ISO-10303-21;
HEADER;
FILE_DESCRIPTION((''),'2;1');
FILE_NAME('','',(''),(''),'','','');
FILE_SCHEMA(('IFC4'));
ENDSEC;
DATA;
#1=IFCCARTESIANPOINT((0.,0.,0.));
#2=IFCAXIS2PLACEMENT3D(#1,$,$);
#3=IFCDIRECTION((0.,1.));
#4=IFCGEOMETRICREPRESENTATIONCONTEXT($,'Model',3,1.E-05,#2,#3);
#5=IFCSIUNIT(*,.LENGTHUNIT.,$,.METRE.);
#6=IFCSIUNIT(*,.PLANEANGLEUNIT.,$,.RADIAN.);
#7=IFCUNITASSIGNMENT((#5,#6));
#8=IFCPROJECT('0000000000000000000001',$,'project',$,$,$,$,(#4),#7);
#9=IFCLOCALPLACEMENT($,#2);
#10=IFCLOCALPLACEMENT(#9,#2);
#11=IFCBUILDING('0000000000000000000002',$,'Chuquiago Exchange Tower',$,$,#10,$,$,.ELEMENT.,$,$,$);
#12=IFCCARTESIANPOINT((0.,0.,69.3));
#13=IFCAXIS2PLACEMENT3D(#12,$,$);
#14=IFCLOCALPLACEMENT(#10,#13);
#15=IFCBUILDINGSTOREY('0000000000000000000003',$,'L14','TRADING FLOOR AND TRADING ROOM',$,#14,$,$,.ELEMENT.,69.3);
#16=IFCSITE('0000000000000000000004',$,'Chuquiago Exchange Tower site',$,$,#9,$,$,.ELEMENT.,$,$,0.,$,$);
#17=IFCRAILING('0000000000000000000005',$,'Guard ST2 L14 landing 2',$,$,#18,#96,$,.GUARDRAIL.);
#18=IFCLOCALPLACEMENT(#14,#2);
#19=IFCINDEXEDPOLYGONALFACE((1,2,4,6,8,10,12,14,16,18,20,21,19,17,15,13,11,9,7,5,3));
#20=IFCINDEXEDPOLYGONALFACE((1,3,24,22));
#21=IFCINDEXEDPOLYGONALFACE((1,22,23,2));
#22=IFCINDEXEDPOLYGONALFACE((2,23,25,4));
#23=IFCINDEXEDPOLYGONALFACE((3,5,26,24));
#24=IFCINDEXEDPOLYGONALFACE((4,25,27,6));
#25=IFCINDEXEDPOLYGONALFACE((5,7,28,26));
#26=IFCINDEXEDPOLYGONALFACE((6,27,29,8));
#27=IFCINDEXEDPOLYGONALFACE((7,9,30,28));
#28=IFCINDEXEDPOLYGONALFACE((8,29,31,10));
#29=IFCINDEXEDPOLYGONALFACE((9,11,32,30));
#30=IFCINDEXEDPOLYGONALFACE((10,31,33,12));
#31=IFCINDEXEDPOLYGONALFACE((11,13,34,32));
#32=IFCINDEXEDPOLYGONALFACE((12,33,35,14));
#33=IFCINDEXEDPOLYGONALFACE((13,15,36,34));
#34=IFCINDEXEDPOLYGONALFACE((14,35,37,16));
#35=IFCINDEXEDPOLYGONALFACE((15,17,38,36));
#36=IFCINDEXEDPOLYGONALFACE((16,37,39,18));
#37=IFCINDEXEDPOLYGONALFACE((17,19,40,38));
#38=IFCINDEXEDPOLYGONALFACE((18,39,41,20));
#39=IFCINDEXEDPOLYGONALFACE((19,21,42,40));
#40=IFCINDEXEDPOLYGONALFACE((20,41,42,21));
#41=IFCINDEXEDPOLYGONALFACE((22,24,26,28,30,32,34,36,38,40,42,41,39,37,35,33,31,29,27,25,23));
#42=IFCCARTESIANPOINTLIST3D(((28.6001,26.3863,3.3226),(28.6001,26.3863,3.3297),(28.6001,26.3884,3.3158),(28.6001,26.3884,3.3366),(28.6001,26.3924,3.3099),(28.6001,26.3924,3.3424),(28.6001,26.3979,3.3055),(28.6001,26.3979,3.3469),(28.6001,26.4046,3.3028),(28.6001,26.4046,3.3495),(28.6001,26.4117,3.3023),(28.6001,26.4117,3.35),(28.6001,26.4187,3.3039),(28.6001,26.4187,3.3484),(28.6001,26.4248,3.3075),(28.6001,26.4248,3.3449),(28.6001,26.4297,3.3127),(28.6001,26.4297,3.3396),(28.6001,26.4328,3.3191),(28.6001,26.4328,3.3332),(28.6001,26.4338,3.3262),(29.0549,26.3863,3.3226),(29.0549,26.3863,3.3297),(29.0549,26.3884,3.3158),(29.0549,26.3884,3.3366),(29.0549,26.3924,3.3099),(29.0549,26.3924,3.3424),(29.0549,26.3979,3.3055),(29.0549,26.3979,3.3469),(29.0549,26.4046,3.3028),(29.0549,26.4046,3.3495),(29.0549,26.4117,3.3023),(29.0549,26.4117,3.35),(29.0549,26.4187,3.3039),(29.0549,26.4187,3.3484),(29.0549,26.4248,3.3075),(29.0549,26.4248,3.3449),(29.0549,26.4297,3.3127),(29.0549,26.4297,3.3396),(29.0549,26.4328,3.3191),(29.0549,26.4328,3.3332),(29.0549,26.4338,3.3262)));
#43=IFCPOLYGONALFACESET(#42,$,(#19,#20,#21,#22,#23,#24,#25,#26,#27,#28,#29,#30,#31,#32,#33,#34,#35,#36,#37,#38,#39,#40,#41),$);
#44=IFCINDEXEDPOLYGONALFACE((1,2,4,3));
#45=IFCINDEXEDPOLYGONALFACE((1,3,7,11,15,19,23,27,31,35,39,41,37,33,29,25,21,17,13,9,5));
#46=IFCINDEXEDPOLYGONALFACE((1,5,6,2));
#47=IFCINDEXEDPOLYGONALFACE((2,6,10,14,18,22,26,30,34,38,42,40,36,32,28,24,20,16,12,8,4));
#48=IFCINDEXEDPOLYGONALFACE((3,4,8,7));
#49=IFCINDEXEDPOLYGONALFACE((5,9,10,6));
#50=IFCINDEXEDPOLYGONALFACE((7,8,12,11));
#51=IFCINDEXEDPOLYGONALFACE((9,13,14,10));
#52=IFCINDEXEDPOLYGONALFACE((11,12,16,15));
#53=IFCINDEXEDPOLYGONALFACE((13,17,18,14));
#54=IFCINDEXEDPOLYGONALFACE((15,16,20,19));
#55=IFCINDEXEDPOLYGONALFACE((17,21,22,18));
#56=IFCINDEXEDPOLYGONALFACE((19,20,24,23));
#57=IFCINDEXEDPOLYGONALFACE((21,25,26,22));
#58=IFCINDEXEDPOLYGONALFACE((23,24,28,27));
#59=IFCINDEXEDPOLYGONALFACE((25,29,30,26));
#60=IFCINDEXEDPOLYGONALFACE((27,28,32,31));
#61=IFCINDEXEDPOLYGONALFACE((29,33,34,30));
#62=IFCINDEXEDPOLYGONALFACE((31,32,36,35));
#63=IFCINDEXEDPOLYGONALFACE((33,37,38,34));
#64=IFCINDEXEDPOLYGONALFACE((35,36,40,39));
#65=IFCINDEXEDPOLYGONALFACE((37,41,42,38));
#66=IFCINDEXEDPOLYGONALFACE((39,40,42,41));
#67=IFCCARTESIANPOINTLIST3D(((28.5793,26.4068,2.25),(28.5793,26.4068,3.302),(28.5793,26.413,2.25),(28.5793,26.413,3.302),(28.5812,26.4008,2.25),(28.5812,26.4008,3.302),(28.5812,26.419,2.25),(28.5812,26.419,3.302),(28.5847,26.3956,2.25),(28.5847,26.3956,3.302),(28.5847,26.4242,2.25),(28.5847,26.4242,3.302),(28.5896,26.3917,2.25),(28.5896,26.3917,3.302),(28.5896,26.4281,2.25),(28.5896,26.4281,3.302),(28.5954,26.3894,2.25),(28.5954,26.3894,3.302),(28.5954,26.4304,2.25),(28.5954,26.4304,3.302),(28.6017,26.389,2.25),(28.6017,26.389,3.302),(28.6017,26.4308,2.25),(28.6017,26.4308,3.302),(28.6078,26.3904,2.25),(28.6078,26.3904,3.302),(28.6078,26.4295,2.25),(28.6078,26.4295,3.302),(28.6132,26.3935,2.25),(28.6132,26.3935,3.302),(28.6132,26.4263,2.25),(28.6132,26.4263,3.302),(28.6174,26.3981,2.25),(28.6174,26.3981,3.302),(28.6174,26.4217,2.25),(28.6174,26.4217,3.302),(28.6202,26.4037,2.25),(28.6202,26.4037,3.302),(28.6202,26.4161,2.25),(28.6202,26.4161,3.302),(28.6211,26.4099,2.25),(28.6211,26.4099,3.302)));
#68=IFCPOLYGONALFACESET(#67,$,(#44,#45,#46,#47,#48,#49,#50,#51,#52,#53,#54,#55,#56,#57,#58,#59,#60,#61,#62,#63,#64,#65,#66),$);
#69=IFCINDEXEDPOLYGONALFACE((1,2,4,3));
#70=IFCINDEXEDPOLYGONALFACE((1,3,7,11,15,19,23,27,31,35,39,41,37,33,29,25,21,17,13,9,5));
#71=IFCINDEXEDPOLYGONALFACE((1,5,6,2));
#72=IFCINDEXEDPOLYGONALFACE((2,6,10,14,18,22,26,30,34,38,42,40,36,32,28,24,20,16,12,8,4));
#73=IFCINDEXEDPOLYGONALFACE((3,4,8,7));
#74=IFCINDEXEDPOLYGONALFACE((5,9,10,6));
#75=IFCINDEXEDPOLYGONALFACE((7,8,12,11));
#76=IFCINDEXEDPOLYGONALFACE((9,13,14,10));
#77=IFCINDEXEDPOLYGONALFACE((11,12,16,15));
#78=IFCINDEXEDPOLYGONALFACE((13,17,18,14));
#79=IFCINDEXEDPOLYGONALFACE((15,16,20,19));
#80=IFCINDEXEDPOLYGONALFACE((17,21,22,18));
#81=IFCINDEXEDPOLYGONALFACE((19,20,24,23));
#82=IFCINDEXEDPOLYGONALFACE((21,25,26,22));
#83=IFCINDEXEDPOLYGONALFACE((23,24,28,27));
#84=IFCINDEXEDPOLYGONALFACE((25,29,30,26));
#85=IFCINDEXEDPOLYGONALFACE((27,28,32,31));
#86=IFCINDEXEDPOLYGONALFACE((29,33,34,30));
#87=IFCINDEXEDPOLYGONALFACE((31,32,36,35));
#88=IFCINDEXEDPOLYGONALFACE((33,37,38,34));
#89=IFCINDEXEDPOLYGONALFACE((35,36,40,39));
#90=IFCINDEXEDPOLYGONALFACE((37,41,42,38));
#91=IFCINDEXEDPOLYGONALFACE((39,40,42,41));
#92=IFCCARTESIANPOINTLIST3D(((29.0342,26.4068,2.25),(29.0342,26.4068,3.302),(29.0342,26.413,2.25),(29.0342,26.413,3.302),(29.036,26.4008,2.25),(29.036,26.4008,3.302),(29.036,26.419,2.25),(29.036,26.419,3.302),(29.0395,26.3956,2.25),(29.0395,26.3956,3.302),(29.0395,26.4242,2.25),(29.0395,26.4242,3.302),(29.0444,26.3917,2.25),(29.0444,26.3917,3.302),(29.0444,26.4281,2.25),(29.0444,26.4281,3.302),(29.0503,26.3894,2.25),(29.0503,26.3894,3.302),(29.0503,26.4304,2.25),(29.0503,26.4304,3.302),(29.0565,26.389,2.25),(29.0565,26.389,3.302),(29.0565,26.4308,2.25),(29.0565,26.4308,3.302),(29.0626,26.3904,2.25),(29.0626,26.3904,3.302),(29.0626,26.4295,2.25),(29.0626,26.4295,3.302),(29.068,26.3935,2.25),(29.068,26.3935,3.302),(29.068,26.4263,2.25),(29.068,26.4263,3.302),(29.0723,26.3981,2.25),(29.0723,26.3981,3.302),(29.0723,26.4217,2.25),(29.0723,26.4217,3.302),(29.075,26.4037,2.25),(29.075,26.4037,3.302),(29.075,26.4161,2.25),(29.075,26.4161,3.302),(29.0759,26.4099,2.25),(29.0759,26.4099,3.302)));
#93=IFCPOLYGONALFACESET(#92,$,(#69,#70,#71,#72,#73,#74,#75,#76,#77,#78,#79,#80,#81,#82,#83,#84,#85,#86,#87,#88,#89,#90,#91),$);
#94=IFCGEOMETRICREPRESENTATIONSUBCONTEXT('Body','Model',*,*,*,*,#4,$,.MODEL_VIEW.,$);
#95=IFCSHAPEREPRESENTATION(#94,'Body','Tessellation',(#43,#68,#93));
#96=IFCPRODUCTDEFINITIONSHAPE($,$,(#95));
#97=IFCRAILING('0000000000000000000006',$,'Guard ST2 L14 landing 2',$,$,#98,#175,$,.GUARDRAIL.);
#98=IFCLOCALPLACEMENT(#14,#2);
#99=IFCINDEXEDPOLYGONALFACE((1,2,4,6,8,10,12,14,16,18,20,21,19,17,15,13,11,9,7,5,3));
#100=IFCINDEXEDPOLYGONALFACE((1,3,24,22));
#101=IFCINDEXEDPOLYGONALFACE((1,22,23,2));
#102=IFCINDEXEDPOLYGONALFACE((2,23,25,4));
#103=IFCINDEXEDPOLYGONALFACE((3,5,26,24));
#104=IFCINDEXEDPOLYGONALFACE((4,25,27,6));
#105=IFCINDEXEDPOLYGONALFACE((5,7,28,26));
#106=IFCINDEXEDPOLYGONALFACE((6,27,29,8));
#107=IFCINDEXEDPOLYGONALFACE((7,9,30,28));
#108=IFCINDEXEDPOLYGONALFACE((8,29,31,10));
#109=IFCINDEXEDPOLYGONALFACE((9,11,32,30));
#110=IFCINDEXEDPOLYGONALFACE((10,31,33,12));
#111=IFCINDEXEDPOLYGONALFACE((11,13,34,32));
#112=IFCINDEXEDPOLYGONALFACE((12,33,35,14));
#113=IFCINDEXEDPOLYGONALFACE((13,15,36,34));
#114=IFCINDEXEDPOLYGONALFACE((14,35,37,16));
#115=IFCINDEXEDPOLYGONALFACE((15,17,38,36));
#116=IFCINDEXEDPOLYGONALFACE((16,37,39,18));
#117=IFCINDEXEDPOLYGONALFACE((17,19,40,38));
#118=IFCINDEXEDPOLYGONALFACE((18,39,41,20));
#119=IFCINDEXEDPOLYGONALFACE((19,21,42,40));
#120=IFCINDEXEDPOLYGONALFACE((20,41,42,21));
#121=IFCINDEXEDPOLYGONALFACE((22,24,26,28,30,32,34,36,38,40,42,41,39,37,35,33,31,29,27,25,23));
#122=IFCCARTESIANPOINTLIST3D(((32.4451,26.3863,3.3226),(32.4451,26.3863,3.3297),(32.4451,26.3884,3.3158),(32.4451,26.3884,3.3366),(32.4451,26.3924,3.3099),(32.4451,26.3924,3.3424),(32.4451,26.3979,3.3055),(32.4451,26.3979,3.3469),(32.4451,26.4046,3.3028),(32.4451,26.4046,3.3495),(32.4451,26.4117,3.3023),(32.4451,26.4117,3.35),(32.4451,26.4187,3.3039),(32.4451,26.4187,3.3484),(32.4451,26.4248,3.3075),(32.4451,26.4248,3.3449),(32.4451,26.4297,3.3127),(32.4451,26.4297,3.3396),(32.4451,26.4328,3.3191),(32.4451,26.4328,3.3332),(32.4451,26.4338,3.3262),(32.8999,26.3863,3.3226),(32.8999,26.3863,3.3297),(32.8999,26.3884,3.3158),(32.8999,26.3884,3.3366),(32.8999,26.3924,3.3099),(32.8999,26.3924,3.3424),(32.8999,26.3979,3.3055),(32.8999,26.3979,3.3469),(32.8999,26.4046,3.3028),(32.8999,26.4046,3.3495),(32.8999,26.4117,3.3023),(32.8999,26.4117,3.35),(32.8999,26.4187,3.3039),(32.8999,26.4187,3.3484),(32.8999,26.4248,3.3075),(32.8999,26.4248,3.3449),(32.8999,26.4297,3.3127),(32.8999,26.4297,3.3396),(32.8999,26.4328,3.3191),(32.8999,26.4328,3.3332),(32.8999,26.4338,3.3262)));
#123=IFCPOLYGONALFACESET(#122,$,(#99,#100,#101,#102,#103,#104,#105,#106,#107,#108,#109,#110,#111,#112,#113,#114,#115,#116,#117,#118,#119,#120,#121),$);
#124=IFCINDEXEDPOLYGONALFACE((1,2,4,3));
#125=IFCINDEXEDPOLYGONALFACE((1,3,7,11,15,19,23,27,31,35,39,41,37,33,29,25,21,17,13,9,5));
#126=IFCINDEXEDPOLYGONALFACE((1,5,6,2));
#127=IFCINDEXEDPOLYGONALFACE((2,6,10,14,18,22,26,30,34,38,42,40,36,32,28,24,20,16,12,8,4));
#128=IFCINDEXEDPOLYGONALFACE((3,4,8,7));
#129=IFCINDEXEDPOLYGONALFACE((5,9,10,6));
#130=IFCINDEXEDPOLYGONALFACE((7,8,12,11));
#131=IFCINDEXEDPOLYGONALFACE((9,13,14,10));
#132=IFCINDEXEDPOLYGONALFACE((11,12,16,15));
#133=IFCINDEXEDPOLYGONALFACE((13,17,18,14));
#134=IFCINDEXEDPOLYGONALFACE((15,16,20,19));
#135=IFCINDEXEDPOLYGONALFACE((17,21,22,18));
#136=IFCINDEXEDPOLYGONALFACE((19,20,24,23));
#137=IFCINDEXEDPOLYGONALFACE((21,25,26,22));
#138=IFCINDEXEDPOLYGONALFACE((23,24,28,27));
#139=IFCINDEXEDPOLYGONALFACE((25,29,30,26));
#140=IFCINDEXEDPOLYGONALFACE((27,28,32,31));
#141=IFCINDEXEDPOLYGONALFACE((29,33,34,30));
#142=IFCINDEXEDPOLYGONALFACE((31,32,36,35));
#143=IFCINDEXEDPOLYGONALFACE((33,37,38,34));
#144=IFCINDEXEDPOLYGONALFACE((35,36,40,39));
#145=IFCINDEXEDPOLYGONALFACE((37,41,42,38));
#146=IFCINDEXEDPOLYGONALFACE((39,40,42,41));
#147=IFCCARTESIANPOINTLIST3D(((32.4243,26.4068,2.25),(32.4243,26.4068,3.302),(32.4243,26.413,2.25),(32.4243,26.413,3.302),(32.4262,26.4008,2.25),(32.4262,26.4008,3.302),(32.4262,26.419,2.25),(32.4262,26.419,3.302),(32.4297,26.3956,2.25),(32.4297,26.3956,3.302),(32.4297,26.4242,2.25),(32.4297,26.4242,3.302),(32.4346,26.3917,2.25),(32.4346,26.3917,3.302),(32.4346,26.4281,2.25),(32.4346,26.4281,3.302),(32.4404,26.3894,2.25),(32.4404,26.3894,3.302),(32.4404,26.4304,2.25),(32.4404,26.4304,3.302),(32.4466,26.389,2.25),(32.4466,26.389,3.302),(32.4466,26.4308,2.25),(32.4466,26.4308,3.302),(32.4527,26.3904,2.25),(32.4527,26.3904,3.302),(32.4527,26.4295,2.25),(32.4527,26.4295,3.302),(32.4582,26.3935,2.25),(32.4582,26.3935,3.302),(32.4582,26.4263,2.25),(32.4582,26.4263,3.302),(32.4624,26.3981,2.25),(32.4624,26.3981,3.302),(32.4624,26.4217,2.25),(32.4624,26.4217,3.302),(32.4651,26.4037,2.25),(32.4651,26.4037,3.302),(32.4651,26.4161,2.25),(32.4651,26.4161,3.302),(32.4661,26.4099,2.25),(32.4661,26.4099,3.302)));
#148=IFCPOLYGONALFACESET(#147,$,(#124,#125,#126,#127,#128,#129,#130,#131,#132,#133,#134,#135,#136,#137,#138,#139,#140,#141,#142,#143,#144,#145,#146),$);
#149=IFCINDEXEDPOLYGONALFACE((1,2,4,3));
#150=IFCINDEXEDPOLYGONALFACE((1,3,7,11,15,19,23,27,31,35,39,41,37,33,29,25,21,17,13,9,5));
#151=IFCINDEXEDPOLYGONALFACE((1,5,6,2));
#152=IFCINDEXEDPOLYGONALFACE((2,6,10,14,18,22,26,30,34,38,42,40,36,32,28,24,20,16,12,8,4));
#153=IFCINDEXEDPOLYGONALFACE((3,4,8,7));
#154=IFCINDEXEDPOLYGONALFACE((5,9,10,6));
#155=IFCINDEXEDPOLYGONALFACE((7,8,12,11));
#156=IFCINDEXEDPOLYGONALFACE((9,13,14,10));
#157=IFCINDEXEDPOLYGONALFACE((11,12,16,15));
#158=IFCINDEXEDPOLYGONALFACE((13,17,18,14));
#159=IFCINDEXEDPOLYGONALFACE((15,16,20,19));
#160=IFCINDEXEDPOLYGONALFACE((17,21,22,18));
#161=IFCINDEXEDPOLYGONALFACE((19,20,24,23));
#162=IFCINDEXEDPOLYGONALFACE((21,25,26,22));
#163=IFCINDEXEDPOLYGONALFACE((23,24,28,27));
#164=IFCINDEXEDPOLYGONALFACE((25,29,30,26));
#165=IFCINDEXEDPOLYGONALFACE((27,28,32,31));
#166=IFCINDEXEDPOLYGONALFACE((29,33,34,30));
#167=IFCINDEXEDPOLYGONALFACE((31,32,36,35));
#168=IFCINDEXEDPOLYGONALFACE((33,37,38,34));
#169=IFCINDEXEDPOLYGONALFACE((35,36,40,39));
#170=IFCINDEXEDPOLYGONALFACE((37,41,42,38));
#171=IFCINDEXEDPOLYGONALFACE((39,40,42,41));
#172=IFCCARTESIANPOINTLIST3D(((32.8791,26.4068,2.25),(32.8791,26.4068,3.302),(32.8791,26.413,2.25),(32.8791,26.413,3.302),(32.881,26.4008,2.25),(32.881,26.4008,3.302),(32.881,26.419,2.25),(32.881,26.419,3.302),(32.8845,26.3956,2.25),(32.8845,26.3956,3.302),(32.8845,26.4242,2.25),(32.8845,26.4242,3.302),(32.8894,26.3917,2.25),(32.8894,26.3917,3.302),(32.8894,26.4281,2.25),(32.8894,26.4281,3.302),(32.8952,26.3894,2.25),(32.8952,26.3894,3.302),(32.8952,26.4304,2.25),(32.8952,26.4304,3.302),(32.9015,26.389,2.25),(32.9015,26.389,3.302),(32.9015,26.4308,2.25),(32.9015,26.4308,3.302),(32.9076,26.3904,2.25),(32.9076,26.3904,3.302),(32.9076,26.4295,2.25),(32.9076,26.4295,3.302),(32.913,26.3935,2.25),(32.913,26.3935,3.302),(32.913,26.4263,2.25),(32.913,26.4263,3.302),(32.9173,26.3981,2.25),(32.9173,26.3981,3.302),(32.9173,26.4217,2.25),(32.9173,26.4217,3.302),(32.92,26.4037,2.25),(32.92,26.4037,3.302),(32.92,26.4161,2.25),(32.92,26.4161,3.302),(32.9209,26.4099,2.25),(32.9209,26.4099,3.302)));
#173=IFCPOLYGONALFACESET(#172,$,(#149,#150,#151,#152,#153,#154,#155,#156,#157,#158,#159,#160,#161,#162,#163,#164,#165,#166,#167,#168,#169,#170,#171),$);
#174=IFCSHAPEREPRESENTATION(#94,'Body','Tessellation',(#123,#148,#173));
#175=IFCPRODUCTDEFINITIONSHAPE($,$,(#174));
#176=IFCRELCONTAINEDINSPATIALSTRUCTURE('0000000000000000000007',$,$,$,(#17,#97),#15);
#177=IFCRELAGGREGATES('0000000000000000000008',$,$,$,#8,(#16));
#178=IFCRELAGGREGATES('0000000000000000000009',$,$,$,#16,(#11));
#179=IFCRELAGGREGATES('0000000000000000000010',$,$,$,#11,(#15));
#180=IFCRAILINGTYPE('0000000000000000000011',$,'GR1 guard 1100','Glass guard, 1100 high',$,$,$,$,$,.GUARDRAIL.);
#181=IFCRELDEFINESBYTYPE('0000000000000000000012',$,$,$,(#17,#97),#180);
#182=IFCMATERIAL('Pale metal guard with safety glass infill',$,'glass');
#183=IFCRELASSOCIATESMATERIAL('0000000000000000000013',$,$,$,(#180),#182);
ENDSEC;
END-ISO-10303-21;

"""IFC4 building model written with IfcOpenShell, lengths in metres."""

from ifc_helpers import new_model, si_unit, direction, frame, origin, origin_2d, place, context, subcontext, project, spatial, circle, extrude, material, type_object, element, save


model = new_model("IFC4")

# Units and contexts
model_context = context("Model", 3, precision=1e-05, world=origin(), true_north=direction((0.0, 1.0)))
body_context = subcontext(model_context, "Body", "Model", "MODEL_VIEW")
ifc_project = project(units=[si_unit("LENGTHUNIT", "METRE"), si_unit("PLANEANGLEUNIT", "RADIAN")], contexts=[model_context])

# Site, building, storey
site_placement = place(None, origin())
site = spatial("IfcSite", under=ifc_project, at=site_placement, Name="Chuquiago Exchange Tower site", CompositionType="ELEMENT", RefElevation=0.0)
building_placement = place(site_placement, origin())
building = spatial("IfcBuilding", under=site, at=building_placement, Name="Chuquiago Exchange Tower", CompositionType="ELEMENT")
storey_placement = place(building_placement, frame((0.0, 0.0, 69.3)))
storey = spatial("IfcBuildingStorey", under=building, at=storey_placement, Name="L14", Description="TRADING FLOOR AND TRADING ROOM", CompositionType="ELEMENT", Elevation=69.3)

# Railings
ifc_material_1 = material(Name="Pale metal guard with safety glass infill", Category="glass")
railing_type_1 = type_object("IfcRailingType", Name="GR1 guard 1100", Description="Glass guard, 1100 high", PredefinedType="GUARDRAIL", material=ifc_material_1)
for number, where, name in (
    (1, (28.6001, 26.4099, 2.25), "Guard ST2 L14 landing 2"),
    (2, (32.4451, 26.4099, 2.25), "Guard ST2 L14 landing 2"),
):
    element("IfcRailing", number, at=place(storey_placement, frame(where)), inside=storey, type_object=railing_type_1, Name=name, PredefinedType="GUARDRAIL", context=body_context, shape_type="SweptSolid", body=[
        extrude(circle(Radius=0.0239, at=origin_2d()), frame((0.0, 0.0, 1.0762), z_axis=(1.0, 0.0, 0.0), x_axis=(0.0, 1.0, 0.0)), (0.0, 0.0, 1.0), 0.4548),
        extrude(circle(Radius=0.021, at=origin_2d()), origin(), (0.0, 0.0, 1.0), 1.052),
        extrude(circle(Radius=0.021, at=origin_2d()), frame((0.4548, 0.0, 0.0)), (0.0, 0.0, 1.0), 1.052),
    ])

save(model, "model.ifc")
